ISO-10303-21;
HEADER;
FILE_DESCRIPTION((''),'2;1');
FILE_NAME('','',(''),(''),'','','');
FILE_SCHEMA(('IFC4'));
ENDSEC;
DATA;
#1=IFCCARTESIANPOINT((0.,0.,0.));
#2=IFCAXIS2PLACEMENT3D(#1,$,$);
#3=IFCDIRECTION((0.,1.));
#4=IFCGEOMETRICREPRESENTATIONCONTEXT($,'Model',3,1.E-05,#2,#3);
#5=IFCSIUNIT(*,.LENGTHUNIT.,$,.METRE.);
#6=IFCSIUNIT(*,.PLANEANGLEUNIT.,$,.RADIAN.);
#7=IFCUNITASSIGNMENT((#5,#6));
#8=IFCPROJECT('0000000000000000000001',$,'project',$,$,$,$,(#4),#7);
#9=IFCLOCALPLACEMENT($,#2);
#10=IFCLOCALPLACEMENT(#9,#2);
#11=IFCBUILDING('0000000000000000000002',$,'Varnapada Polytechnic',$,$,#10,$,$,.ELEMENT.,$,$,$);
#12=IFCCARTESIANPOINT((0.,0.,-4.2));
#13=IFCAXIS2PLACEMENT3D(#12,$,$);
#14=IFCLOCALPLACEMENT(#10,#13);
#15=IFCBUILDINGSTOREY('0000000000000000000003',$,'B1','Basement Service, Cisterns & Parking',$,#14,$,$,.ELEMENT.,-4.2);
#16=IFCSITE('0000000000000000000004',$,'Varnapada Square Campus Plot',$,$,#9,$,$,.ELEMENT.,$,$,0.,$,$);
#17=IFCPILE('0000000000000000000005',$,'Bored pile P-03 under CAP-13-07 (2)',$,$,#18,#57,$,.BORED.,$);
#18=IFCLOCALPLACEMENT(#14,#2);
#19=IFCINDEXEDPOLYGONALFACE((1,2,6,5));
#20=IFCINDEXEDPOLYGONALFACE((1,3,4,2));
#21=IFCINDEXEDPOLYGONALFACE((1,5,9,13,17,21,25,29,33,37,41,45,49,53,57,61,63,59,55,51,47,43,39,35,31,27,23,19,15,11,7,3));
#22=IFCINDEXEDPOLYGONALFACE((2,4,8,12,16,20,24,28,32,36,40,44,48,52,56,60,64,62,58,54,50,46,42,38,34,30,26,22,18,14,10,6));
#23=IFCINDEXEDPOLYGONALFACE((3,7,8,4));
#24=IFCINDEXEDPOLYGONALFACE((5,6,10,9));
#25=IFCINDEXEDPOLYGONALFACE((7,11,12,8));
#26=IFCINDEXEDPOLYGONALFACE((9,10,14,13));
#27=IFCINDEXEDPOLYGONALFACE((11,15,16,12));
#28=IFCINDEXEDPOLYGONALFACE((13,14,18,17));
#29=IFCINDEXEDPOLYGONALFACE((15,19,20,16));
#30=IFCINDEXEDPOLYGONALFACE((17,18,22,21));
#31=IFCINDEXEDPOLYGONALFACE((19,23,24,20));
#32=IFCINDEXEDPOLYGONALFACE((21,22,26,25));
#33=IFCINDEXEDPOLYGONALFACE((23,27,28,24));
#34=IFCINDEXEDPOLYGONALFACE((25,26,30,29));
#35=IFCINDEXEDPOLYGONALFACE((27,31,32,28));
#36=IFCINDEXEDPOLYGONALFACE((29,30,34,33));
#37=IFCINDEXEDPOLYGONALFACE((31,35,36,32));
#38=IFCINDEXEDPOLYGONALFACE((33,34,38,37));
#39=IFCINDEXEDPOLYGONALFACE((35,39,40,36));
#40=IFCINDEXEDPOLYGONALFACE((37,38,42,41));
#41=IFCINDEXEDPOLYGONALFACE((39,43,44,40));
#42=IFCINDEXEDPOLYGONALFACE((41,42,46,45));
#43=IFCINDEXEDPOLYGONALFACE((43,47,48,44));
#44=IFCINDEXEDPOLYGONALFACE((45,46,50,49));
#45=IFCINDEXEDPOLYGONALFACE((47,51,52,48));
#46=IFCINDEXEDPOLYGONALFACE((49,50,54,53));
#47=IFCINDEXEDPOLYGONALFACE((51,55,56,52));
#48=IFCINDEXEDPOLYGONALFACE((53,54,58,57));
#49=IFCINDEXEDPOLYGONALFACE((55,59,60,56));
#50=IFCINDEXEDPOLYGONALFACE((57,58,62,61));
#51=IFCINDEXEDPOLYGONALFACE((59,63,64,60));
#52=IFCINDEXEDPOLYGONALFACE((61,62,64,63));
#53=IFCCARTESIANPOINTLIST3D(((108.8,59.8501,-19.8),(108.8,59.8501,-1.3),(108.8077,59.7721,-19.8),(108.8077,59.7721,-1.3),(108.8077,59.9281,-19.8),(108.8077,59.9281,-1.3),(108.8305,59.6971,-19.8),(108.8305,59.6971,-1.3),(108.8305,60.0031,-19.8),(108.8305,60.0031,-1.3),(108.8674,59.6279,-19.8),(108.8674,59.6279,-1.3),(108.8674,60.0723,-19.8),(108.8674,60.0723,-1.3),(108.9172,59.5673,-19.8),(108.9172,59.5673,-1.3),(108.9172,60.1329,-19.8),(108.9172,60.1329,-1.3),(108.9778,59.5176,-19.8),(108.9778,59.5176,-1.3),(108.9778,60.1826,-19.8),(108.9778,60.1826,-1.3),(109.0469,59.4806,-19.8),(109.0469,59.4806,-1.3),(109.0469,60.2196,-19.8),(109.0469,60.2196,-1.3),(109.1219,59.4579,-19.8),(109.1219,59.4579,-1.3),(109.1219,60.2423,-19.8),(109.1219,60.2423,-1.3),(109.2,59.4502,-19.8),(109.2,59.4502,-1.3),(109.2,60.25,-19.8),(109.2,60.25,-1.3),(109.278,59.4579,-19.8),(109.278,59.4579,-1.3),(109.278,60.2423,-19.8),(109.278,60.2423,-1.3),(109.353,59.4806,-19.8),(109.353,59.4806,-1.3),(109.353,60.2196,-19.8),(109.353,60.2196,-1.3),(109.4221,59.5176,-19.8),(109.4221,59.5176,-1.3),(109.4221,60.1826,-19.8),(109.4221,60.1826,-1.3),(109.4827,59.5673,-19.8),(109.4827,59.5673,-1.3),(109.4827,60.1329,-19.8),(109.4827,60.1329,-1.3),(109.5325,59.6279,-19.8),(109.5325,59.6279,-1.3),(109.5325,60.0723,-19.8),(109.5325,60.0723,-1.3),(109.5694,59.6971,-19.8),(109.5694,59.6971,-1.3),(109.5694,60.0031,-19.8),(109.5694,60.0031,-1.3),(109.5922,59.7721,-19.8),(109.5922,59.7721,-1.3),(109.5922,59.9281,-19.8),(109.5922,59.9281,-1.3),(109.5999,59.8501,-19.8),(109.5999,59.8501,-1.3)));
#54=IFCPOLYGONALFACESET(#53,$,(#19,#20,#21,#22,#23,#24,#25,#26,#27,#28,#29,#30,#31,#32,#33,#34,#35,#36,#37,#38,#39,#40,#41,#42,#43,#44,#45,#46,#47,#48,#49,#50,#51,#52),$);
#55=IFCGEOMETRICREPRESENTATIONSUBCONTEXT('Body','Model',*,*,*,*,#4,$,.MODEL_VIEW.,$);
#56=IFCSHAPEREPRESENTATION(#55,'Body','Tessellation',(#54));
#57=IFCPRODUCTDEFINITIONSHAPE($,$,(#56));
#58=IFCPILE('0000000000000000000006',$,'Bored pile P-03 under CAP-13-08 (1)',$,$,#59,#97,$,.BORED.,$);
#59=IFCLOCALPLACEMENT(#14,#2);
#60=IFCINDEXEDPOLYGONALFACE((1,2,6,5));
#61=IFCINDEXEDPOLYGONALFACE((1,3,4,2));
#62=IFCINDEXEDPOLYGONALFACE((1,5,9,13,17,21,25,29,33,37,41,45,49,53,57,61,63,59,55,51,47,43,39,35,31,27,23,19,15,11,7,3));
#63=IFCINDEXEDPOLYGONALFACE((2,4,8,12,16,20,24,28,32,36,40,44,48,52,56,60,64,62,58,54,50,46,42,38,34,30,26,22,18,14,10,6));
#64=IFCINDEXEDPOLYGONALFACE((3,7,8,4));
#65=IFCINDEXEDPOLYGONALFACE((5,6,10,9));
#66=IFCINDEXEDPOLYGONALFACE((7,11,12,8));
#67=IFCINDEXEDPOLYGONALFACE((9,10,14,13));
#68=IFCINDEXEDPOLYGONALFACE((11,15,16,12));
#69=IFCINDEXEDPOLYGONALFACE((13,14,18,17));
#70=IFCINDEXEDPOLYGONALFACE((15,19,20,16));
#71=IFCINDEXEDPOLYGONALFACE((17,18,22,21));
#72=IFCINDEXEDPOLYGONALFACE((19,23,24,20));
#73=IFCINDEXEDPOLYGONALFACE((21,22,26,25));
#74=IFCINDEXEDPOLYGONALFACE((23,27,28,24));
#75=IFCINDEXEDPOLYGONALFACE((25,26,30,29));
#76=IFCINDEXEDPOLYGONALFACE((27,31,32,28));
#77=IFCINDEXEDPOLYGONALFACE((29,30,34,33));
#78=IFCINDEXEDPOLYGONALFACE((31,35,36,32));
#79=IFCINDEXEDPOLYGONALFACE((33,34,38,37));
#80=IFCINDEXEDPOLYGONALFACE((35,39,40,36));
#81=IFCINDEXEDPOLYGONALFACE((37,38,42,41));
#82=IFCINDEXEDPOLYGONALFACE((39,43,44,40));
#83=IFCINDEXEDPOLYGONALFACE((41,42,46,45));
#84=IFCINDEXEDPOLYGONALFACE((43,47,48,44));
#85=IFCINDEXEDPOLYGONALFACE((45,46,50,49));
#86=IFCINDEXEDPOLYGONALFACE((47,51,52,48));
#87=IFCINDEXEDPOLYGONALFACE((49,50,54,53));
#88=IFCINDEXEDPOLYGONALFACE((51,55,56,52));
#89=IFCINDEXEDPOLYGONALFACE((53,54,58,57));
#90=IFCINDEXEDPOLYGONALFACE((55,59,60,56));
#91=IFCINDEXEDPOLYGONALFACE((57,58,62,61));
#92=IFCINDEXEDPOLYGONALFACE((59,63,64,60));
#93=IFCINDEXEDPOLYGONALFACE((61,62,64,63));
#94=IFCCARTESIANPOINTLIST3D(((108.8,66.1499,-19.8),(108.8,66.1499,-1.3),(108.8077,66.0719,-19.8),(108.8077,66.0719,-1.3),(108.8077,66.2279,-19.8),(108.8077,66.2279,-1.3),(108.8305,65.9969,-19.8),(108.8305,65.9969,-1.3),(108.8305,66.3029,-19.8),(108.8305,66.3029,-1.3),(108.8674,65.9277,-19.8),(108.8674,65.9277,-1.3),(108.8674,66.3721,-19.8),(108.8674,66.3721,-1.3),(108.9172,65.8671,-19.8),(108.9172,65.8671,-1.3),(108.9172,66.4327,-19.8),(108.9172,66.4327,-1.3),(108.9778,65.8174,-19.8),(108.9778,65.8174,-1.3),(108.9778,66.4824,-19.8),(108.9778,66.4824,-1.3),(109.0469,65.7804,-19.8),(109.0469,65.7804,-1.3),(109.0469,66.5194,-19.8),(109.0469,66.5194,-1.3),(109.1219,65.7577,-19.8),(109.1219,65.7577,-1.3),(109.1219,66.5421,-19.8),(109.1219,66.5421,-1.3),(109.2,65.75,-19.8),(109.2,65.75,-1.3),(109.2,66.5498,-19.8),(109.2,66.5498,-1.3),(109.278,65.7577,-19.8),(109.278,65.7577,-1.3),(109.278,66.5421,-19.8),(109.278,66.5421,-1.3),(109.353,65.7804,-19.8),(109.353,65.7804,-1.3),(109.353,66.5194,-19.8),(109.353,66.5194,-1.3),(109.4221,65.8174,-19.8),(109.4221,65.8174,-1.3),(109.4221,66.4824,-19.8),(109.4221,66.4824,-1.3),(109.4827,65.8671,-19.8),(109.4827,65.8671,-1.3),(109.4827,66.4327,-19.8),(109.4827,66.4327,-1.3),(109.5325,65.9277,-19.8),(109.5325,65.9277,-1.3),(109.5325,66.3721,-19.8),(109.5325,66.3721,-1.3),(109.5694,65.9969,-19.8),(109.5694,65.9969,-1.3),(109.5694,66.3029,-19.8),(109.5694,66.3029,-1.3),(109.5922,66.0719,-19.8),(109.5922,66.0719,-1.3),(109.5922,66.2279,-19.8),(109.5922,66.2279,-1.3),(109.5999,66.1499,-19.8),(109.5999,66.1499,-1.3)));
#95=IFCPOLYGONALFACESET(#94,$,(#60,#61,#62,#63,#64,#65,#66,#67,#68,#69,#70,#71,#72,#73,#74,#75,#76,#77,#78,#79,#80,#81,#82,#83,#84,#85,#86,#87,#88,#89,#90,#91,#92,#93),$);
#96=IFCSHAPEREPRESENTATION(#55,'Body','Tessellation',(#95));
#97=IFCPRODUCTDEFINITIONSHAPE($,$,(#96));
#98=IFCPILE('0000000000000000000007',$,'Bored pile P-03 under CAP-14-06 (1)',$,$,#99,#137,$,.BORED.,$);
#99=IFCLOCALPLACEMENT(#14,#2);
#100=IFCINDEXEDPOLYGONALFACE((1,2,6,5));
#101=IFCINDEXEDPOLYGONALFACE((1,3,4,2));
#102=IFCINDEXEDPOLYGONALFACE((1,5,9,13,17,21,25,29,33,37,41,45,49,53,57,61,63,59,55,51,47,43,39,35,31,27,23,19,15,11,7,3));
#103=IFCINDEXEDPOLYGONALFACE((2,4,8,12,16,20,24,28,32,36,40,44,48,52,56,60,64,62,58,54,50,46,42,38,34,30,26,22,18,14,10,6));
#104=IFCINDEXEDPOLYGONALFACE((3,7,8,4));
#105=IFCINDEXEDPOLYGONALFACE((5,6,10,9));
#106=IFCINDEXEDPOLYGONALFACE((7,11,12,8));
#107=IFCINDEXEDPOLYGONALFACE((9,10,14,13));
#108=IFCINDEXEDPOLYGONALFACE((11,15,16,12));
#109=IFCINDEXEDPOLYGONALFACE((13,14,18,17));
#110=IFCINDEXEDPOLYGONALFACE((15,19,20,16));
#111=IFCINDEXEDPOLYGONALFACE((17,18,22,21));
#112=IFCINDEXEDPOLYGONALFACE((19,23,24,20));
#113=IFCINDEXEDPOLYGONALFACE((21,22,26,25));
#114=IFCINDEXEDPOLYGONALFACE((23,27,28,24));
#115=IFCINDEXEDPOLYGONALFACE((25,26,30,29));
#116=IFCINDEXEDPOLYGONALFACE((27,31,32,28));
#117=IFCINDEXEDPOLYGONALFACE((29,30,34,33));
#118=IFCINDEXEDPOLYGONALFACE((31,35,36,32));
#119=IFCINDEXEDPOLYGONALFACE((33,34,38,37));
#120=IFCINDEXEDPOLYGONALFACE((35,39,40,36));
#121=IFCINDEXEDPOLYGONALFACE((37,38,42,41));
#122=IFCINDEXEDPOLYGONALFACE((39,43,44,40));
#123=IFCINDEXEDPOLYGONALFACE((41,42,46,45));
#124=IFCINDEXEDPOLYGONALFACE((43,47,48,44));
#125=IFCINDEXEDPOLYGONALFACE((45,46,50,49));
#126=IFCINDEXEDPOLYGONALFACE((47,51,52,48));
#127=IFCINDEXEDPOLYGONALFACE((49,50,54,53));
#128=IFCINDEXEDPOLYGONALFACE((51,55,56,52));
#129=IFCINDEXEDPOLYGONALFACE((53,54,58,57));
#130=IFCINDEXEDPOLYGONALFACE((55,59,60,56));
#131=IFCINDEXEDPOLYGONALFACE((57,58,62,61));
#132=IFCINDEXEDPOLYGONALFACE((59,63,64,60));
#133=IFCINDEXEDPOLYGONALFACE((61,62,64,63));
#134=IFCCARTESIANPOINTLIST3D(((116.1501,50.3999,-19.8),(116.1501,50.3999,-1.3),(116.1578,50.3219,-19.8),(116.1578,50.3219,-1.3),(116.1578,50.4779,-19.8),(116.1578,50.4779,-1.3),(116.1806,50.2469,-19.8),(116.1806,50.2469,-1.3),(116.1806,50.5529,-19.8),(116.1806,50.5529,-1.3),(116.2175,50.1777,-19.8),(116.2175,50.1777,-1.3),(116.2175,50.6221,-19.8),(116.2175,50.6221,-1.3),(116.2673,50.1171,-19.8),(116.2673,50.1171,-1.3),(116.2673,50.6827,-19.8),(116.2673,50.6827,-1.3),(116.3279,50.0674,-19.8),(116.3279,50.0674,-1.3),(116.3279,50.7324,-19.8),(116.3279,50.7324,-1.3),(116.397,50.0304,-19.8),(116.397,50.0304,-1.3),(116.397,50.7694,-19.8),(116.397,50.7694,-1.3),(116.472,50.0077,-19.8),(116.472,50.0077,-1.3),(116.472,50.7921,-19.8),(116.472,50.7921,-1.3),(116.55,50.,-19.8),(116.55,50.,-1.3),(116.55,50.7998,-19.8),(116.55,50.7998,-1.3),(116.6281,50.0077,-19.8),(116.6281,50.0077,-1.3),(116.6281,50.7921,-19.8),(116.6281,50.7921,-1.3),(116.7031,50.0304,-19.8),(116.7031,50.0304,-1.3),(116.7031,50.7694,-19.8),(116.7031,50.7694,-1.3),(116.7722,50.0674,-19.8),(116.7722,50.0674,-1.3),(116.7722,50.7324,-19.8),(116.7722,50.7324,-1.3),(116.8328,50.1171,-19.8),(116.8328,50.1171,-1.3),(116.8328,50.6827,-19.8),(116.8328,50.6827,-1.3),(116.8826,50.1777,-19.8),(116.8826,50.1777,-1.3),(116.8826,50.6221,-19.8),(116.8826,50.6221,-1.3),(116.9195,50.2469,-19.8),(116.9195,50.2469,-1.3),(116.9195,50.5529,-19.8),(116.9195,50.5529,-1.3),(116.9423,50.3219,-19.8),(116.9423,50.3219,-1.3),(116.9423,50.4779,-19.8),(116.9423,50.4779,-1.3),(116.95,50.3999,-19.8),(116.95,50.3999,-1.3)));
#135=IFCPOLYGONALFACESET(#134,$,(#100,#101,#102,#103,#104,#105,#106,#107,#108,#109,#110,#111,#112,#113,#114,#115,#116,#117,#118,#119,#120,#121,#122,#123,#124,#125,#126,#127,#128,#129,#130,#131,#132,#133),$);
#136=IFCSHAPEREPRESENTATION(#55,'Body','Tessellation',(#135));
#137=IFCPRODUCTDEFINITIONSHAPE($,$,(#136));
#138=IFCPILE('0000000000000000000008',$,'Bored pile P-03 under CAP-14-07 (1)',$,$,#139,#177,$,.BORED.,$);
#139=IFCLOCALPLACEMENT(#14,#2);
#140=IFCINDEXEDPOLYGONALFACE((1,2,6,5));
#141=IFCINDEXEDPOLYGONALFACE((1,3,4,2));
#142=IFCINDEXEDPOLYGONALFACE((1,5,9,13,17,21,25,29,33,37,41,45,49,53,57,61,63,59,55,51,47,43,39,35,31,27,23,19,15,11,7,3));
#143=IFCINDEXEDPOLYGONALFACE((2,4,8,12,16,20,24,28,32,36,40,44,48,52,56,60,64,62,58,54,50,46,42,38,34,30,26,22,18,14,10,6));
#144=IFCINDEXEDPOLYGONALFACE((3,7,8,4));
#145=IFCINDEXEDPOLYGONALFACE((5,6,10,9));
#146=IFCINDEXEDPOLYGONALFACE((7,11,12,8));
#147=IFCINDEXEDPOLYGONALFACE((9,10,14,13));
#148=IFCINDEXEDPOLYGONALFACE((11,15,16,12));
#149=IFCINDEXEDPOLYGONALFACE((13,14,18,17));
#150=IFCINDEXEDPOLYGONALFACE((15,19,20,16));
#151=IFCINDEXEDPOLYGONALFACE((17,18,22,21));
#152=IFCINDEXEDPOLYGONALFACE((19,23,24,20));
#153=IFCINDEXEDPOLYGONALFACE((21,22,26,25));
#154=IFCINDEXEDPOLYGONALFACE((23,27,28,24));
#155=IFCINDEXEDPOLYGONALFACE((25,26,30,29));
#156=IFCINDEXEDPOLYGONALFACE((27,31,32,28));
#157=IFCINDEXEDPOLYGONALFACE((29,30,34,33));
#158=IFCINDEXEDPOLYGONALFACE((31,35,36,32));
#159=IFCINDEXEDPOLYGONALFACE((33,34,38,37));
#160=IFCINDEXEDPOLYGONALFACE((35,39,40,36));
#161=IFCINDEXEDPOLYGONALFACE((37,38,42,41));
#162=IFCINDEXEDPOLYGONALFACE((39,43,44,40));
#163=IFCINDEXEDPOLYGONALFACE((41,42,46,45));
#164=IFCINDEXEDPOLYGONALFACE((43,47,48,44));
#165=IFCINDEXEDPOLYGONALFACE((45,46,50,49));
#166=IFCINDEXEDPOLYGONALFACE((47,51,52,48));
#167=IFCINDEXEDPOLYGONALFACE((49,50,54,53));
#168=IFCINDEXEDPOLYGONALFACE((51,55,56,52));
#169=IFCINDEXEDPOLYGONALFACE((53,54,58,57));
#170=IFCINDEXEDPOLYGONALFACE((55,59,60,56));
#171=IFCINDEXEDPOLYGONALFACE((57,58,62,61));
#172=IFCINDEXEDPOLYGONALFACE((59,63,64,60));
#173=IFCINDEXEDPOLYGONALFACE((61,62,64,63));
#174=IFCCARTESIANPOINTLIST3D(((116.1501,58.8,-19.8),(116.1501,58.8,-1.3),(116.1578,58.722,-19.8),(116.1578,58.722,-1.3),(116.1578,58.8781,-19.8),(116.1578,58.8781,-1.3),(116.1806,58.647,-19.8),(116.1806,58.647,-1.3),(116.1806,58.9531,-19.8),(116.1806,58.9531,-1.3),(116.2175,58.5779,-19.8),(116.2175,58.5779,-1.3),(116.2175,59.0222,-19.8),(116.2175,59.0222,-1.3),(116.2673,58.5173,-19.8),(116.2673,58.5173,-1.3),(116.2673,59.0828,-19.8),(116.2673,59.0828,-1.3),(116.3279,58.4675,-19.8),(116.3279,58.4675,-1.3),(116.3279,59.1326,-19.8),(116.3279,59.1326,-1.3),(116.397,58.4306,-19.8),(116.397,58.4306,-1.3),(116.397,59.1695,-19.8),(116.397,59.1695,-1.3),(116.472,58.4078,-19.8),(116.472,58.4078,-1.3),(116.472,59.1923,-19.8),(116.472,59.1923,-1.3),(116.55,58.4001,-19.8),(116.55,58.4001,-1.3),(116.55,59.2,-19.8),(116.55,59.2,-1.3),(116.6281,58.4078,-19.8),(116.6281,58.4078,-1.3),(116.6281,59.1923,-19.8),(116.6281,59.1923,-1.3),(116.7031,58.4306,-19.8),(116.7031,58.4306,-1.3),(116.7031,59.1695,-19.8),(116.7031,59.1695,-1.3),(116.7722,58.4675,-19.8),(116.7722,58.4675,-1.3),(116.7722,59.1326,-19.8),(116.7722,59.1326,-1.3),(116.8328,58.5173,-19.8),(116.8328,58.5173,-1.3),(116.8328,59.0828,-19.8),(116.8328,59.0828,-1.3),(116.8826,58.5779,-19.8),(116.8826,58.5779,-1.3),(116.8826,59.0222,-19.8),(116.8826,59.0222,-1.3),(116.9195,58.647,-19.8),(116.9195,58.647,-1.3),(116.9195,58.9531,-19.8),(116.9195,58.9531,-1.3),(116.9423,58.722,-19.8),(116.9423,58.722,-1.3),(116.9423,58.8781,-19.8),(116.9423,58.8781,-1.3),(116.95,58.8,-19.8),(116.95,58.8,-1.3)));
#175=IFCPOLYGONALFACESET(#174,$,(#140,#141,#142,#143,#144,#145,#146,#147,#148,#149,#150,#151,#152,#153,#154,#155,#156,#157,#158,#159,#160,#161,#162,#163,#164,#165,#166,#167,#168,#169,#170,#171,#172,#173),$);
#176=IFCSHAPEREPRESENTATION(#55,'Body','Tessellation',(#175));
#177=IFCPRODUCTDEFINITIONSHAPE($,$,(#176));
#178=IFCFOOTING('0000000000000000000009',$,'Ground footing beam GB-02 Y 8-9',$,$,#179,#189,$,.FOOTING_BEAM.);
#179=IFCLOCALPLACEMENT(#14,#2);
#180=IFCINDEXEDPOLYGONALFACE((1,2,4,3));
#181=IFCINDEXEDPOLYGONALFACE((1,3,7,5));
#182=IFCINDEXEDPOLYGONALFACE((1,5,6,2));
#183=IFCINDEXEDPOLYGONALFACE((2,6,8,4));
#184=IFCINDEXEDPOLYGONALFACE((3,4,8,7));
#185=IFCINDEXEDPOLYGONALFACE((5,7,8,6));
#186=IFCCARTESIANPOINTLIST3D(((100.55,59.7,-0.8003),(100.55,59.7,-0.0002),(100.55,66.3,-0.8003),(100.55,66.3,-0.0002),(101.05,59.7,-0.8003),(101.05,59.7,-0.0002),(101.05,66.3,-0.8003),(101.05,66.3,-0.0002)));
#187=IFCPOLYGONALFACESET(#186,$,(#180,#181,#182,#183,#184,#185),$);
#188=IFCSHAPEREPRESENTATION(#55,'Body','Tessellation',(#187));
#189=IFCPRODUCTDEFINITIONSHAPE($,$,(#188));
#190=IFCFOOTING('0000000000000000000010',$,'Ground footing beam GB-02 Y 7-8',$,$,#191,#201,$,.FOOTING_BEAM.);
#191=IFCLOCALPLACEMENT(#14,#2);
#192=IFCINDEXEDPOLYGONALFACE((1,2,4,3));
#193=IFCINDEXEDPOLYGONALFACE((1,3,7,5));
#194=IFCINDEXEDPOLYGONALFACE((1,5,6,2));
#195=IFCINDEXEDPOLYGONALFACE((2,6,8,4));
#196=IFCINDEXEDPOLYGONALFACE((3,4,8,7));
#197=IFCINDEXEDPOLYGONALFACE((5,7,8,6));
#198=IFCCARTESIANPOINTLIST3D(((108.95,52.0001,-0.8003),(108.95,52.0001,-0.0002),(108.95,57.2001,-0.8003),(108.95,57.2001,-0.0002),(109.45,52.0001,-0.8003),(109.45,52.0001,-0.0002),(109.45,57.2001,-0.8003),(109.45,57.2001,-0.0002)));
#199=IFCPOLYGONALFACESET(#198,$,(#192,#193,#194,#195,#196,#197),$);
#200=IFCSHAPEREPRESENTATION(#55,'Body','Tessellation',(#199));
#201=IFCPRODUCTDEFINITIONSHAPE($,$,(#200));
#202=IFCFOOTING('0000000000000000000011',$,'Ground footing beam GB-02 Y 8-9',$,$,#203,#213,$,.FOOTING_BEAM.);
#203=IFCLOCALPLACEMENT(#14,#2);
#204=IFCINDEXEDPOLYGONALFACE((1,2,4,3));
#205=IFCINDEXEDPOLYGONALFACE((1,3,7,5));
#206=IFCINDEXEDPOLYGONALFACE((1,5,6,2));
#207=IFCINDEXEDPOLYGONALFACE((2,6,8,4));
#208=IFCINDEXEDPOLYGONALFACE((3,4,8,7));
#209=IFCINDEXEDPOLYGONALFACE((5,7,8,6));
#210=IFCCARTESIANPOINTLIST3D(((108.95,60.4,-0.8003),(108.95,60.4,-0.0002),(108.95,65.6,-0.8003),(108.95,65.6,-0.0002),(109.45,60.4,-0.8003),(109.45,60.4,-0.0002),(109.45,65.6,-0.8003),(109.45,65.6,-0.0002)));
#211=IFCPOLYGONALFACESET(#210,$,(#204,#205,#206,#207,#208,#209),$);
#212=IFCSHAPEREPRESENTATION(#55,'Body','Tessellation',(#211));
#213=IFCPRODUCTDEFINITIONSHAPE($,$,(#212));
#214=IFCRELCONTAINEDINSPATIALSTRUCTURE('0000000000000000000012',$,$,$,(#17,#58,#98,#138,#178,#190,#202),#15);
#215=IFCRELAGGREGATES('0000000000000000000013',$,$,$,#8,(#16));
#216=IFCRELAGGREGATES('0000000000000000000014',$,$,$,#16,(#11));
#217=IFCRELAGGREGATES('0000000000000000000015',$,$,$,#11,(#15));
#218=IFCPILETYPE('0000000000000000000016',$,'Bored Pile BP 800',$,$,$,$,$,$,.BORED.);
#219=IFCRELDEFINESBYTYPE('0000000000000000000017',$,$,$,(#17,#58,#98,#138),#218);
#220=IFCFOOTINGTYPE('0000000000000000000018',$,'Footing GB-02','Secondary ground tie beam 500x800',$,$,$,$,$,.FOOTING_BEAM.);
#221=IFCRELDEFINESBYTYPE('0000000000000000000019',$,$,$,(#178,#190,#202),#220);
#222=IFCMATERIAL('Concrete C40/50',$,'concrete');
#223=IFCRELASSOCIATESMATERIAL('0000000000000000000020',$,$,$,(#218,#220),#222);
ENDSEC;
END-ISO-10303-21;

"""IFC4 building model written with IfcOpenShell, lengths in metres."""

from ifc_helpers import new_model, si_unit, direction, frame, origin, origin_2d, place, context, subcontext, project, spatial, rectangle, circle, extrude, material, material_profile, profile_set, type_object, element, save


model = new_model("IFC4")

# Units and contexts
model_context = context("Model", 3, precision=1e-05, world=origin(), true_north=direction((0.0, 1.0)))
body_context = subcontext(model_context, "Body", "Model", "MODEL_VIEW")
ifc_project = project(units=[si_unit("LENGTHUNIT", "METRE"), si_unit("PLANEANGLEUNIT", "RADIAN")], contexts=[model_context])

# Site, building, storey
site_placement = place(None, origin())
site = spatial("IfcSite", under=ifc_project, at=site_placement, Name="Varnapada Square Campus Plot", CompositionType="ELEMENT", RefElevation=0.0)
building_placement = place(site_placement, origin())
building = spatial("IfcBuilding", under=site, at=building_placement, Name="Varnapada Polytechnic", CompositionType="ELEMENT")
storey_placement = place(building_placement, frame((0.0, 0.0, -4.2)))
storey = spatial("IfcBuildingStorey", under=building, at=storey_placement, Name="B1", Description="Basement Service, Cisterns & Parking", CompositionType="ELEMENT", Elevation=-4.2)

# Piles
ifc_material_1 = material(Name="Concrete C40/50", Category="concrete")
ifc_material_profile_1 = material_profile(ifc_material_1, circle(Radius=0.3999, at=origin_2d()), Name="BP 800")
ifc_profile_set_1 = profile_set([ifc_material_profile_1], Name="Concrete C40/50")
pile_type = type_object("IfcPileType", Name="Bored Pile BP 800", PredefinedType="BORED", material=ifc_profile_set_1)
for number, where, z_axis, x_axis, name in (
    (1, (109.2, 59.8501, -1.3), (0.0, 0.0, -1.0), (1.0, 0.0, 0.0), "Bored pile P-03 under CAP-13-07 (2)"),
    (2, (109.2, 66.1499, -1.3), (0.0, 0.0, -1.0), (1.0, 0.0, 0.0), "Bored pile P-03 under CAP-13-08 (1)"),
    (3, (116.55, 50.3999, -1.3), (0.0, 0.0, -1.0), (1.0, 0.0, 0.0), "Bored pile P-03 under CAP-14-06 (1)"),
    (4, (116.55, 58.8, -1.3), (0.0, 0.0, -1.0), (1.0, 0.0, 0.0), "Bored pile P-03 under CAP-14-07 (1)"),
):
    element("IfcPile", number, at=place(storey_placement, frame(where, z_axis=z_axis, x_axis=x_axis)), inside=storey, type_object=pile_type, Name=name, PredefinedType="BORED", context=body_context, shape_type="SweptSolid", body=[
        extrude(circle(Radius=0.3999, at=origin_2d()), origin(), (0.0, 0.0, 1.0), 18.5),
    ])

# Footings
footing_type_1 = type_object("IfcFootingType", Name="Footing GB-02", Description="Secondary ground tie beam 500x800", PredefinedType="FOOTING_BEAM", material=ifc_material_1)
footing_1_placement = place(storey_placement, frame((100.8, 63.0, -0.8003), z_axis=(0.0, 0.0, 1.0), x_axis=(0.0, 1.0, 0.0)))
element("IfcFooting", 5, at=footing_1_placement, inside=storey, type_object=footing_type_1, Name="Ground footing beam GB-02 Y 8-9", PredefinedType="FOOTING_BEAM", context=body_context, shape_type="SweptSolid", body=[
    extrude(rectangle(XDim=6.6001, YDim=0.5, at=origin_2d()), origin(), (0.0, 0.0, 1.0), 0.8),
])
for number, where, z_axis, x_axis, name in (
    (6, (109.2, 54.6001, -0.8003), (0.0, 0.0, 1.0), (0.0, 1.0, 0.0), "Ground footing beam GB-02 Y 7-8"),
    (7, (109.2, 63.0, -0.8003), (0.0, 0.0, 1.0), (0.0, 1.0, 0.0), "Ground footing beam GB-02 Y 8-9"),
):
    element("IfcFooting", number, at=place(storey_placement, frame(where, z_axis=z_axis, x_axis=x_axis)), inside=storey, type_object=footing_type_1, Name=name, PredefinedType="FOOTING_BEAM", context=body_context, shape_type="SweptSolid", body=[
        extrude(rectangle(XDim=5.2, YDim=0.5, at=origin_2d()), origin(), (0.0, 0.0, 1.0), 0.8),
    ])

save(model, "model.ifc")
